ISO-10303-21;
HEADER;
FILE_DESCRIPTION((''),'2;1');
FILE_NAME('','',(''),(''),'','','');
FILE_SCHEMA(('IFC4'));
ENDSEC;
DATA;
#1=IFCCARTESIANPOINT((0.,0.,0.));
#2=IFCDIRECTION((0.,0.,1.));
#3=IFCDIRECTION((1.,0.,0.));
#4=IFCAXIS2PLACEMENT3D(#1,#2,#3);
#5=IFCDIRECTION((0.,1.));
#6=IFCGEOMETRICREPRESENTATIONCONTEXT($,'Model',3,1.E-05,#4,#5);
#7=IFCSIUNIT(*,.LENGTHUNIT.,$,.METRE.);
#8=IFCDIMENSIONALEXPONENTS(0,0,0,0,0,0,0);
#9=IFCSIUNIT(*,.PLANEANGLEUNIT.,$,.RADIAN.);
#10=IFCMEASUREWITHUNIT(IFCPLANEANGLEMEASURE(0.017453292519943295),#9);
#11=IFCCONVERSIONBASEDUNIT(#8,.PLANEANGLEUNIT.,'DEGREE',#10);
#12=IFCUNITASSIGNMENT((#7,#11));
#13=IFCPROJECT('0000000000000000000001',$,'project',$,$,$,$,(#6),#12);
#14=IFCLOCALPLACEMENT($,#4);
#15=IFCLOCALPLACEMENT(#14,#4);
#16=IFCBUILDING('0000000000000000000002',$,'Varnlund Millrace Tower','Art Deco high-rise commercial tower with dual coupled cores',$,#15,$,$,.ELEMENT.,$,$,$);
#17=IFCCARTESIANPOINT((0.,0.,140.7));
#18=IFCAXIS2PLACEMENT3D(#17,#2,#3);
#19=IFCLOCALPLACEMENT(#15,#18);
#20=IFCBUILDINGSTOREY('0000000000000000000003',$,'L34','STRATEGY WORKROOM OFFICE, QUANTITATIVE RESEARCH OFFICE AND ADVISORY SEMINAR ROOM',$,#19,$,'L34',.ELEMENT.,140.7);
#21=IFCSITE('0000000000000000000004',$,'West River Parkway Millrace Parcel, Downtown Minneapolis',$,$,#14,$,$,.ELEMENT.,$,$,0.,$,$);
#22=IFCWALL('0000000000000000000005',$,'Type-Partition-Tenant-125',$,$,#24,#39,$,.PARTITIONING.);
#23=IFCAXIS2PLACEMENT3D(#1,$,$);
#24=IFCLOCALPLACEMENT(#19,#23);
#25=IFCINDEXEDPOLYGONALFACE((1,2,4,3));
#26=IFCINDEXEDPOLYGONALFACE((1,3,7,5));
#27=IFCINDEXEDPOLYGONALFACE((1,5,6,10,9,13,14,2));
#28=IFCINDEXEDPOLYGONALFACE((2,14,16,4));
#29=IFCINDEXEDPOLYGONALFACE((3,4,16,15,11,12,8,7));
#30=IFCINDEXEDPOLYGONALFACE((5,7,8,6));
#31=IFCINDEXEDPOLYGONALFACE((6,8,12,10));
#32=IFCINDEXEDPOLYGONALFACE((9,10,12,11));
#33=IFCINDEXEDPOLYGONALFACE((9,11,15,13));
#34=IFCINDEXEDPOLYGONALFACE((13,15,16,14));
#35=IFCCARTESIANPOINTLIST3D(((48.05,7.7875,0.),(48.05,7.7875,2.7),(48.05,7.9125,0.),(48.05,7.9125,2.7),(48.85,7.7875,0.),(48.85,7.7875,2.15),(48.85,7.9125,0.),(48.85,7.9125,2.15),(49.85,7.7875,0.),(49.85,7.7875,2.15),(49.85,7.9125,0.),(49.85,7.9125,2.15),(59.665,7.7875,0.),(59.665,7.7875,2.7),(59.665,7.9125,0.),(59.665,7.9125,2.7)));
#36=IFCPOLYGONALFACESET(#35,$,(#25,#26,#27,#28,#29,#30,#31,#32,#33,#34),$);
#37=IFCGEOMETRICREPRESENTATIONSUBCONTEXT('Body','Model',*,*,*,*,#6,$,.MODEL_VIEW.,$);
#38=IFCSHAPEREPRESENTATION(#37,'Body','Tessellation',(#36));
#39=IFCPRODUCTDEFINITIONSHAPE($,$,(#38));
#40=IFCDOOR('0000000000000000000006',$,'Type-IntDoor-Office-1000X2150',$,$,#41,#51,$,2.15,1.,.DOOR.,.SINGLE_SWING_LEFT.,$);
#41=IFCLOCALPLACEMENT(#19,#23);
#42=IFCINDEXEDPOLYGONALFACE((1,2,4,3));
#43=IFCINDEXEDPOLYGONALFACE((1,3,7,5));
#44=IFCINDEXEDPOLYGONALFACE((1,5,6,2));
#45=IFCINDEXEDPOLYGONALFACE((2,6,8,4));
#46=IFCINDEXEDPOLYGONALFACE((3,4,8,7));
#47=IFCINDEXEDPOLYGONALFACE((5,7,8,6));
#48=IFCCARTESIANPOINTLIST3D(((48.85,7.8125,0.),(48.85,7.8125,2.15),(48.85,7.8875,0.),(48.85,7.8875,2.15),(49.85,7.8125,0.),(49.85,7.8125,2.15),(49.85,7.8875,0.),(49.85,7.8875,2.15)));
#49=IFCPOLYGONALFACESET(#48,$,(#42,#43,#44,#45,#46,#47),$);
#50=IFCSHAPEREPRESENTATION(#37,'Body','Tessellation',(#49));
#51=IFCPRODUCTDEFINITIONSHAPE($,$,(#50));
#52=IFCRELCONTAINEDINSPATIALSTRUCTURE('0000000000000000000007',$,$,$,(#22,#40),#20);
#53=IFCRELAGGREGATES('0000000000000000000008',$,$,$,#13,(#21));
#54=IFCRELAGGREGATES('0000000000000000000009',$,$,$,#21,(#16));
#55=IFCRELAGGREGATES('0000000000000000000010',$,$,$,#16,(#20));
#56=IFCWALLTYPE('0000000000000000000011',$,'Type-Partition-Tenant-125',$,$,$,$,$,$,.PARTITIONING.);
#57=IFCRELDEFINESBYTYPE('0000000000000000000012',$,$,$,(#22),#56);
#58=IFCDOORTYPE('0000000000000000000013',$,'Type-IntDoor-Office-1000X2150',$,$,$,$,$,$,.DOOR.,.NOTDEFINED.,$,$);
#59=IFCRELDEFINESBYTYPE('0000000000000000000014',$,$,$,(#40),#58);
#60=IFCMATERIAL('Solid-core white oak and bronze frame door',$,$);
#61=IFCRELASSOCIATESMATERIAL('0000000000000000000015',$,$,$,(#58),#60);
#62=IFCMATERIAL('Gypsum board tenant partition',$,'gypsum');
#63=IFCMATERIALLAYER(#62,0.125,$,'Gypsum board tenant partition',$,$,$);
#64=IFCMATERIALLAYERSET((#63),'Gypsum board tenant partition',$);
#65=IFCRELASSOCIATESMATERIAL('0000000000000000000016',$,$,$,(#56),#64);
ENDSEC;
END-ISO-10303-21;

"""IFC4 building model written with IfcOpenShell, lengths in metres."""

from ifc_helpers import new_model, entity, si_unit, converted_unit, direction, frame, origin_with_axes, origin_2d_with_axis, place, context, subcontext, project, spatial, polyline, rectangle, outline, extrude, material, layer, layer_set, type_object, element, fill, save


model = new_model("IFC4")

# Units and contexts
model_context = context("Model", 3, precision=1e-05, world=origin_with_axes(), true_north=direction((0.0, 1.0)))
body_context = subcontext(model_context, "Body", "Model", "MODEL_VIEW")
ifc_project = project(units=[si_unit("LENGTHUNIT", "METRE"), converted_unit("PLANEANGLEUNIT", "DEGREE", entity("IfcPlaneAngleMeasure", 0.017453292519943295), si_unit("PLANEANGLEUNIT", "RADIAN"), dimensions=[0, 0, 0, 0, 0, 0, 0])], contexts=[model_context])

# Site, building, storey
site_placement = place(None, origin_with_axes())
site = spatial("IfcSite", under=ifc_project, at=site_placement, Name="West River Parkway Millrace Parcel, Downtown Minneapolis", CompositionType="ELEMENT", RefElevation=0.0)
building_placement = place(site_placement, origin_with_axes())
building = spatial("IfcBuilding", under=site, at=building_placement, Name="Varnlund Millrace Tower", Description="Art Deco high-rise commercial tower with dual coupled cores", CompositionType="ELEMENT")
storey_placement = place(building_placement, frame((0.0, 0.0, 140.7), z_axis=(0.0, 0.0, 1.0), x_axis=(1.0, 0.0, 0.0)))
storey = spatial("IfcBuildingStorey", under=building, at=storey_placement, Name="L34", Description="STRATEGY WORKROOM OFFICE, QUANTITATIVE RESEARCH OFFICE AND ADVISORY SEMINAR ROOM", LongName="L34", CompositionType="ELEMENT", Elevation=140.7)

# Shared definitions
ifc_material_1 = material(Name="Solid-core white oak and bronze frame door")
door_type = type_object("IfcDoorType", Name="Type-IntDoor-Office-1000X2150", OperationType="NOTDEFINED", PredefinedType="DOOR", material=ifc_material_1)

# Wall, opening, door
ifc_material_2 = material(Name="Gypsum board tenant partition", Category="gypsum")
ifc_layer_1 = layer(ifc_material_2, 0.125, Name="Gypsum board tenant partition")
ifc_layer_set_1 = layer_set([ifc_layer_1], Name="Gypsum board tenant partition")
wall_type_1 = type_object("IfcWallType", Name="Type-Partition-Tenant-125", PredefinedType="PARTITIONING", material=ifc_layer_set_1)
wall_1_placement = place(storey_placement, frame((59.665, 7.85, 0.0), z_axis=(0.0, 0.0, 1.0), x_axis=(-1.0, 0.0, 0.0)))
wall_1 = element("IfcWall", 1, at=wall_1_placement, inside=storey, type_object=wall_type_1, Name="Type-Partition-Tenant-125", PredefinedType="PARTITIONING", context=body_context, shape_type="SweptSolid", body=[
    extrude(outline(polyline([(0.0, -0.0625), (11.615, -0.0625), (11.615, 0.0625), (0.0, 0.0625), (0.0, -0.0625)])), origin_with_axes(), (0.0, 0.0, 1.0), 2.7),
])
opening_1_placement = place(wall_1_placement, frame((10.315, 0.0, 0.0), z_axis=(0.0, 0.0, 1.0), x_axis=(1.0, 0.0, 0.0)))
opening_1 = element("IfcOpeningElement", 2, at=opening_1_placement, cuts=wall_1, PredefinedType="OPENING", context=body_context, shape_type="SweptSolid", body=[
    extrude(rectangle(XDim=1.0, YDim=0.145, at=origin_2d_with_axis()), origin_with_axes(), (0.0, 0.0, 1.0), 2.15),
])
door_1_placement = place(wall_1_placement, frame((10.315, 0.0, 0.0), z_axis=(0.0, 0.0, 1.0), x_axis=(1.0, 0.0, 0.0)))
door_1 = element("IfcDoor", 3, at=door_1_placement, inside=storey, type_object=door_type, Name="Type-IntDoor-Office-1000X2150", OperationType="SINGLE_SWING_LEFT", OverallHeight=2.15, OverallWidth=1.0, PredefinedType="DOOR", context=body_context, shape_type="SweptSolid", body=[
    extrude(rectangle(XDim=1.0, YDim=0.075, at=origin_2d_with_axis()), origin_with_axes(), (0.0, 0.0, 1.0), 2.15),
])
fill(opening_1, door_1)

save(model, "model.ifc")
